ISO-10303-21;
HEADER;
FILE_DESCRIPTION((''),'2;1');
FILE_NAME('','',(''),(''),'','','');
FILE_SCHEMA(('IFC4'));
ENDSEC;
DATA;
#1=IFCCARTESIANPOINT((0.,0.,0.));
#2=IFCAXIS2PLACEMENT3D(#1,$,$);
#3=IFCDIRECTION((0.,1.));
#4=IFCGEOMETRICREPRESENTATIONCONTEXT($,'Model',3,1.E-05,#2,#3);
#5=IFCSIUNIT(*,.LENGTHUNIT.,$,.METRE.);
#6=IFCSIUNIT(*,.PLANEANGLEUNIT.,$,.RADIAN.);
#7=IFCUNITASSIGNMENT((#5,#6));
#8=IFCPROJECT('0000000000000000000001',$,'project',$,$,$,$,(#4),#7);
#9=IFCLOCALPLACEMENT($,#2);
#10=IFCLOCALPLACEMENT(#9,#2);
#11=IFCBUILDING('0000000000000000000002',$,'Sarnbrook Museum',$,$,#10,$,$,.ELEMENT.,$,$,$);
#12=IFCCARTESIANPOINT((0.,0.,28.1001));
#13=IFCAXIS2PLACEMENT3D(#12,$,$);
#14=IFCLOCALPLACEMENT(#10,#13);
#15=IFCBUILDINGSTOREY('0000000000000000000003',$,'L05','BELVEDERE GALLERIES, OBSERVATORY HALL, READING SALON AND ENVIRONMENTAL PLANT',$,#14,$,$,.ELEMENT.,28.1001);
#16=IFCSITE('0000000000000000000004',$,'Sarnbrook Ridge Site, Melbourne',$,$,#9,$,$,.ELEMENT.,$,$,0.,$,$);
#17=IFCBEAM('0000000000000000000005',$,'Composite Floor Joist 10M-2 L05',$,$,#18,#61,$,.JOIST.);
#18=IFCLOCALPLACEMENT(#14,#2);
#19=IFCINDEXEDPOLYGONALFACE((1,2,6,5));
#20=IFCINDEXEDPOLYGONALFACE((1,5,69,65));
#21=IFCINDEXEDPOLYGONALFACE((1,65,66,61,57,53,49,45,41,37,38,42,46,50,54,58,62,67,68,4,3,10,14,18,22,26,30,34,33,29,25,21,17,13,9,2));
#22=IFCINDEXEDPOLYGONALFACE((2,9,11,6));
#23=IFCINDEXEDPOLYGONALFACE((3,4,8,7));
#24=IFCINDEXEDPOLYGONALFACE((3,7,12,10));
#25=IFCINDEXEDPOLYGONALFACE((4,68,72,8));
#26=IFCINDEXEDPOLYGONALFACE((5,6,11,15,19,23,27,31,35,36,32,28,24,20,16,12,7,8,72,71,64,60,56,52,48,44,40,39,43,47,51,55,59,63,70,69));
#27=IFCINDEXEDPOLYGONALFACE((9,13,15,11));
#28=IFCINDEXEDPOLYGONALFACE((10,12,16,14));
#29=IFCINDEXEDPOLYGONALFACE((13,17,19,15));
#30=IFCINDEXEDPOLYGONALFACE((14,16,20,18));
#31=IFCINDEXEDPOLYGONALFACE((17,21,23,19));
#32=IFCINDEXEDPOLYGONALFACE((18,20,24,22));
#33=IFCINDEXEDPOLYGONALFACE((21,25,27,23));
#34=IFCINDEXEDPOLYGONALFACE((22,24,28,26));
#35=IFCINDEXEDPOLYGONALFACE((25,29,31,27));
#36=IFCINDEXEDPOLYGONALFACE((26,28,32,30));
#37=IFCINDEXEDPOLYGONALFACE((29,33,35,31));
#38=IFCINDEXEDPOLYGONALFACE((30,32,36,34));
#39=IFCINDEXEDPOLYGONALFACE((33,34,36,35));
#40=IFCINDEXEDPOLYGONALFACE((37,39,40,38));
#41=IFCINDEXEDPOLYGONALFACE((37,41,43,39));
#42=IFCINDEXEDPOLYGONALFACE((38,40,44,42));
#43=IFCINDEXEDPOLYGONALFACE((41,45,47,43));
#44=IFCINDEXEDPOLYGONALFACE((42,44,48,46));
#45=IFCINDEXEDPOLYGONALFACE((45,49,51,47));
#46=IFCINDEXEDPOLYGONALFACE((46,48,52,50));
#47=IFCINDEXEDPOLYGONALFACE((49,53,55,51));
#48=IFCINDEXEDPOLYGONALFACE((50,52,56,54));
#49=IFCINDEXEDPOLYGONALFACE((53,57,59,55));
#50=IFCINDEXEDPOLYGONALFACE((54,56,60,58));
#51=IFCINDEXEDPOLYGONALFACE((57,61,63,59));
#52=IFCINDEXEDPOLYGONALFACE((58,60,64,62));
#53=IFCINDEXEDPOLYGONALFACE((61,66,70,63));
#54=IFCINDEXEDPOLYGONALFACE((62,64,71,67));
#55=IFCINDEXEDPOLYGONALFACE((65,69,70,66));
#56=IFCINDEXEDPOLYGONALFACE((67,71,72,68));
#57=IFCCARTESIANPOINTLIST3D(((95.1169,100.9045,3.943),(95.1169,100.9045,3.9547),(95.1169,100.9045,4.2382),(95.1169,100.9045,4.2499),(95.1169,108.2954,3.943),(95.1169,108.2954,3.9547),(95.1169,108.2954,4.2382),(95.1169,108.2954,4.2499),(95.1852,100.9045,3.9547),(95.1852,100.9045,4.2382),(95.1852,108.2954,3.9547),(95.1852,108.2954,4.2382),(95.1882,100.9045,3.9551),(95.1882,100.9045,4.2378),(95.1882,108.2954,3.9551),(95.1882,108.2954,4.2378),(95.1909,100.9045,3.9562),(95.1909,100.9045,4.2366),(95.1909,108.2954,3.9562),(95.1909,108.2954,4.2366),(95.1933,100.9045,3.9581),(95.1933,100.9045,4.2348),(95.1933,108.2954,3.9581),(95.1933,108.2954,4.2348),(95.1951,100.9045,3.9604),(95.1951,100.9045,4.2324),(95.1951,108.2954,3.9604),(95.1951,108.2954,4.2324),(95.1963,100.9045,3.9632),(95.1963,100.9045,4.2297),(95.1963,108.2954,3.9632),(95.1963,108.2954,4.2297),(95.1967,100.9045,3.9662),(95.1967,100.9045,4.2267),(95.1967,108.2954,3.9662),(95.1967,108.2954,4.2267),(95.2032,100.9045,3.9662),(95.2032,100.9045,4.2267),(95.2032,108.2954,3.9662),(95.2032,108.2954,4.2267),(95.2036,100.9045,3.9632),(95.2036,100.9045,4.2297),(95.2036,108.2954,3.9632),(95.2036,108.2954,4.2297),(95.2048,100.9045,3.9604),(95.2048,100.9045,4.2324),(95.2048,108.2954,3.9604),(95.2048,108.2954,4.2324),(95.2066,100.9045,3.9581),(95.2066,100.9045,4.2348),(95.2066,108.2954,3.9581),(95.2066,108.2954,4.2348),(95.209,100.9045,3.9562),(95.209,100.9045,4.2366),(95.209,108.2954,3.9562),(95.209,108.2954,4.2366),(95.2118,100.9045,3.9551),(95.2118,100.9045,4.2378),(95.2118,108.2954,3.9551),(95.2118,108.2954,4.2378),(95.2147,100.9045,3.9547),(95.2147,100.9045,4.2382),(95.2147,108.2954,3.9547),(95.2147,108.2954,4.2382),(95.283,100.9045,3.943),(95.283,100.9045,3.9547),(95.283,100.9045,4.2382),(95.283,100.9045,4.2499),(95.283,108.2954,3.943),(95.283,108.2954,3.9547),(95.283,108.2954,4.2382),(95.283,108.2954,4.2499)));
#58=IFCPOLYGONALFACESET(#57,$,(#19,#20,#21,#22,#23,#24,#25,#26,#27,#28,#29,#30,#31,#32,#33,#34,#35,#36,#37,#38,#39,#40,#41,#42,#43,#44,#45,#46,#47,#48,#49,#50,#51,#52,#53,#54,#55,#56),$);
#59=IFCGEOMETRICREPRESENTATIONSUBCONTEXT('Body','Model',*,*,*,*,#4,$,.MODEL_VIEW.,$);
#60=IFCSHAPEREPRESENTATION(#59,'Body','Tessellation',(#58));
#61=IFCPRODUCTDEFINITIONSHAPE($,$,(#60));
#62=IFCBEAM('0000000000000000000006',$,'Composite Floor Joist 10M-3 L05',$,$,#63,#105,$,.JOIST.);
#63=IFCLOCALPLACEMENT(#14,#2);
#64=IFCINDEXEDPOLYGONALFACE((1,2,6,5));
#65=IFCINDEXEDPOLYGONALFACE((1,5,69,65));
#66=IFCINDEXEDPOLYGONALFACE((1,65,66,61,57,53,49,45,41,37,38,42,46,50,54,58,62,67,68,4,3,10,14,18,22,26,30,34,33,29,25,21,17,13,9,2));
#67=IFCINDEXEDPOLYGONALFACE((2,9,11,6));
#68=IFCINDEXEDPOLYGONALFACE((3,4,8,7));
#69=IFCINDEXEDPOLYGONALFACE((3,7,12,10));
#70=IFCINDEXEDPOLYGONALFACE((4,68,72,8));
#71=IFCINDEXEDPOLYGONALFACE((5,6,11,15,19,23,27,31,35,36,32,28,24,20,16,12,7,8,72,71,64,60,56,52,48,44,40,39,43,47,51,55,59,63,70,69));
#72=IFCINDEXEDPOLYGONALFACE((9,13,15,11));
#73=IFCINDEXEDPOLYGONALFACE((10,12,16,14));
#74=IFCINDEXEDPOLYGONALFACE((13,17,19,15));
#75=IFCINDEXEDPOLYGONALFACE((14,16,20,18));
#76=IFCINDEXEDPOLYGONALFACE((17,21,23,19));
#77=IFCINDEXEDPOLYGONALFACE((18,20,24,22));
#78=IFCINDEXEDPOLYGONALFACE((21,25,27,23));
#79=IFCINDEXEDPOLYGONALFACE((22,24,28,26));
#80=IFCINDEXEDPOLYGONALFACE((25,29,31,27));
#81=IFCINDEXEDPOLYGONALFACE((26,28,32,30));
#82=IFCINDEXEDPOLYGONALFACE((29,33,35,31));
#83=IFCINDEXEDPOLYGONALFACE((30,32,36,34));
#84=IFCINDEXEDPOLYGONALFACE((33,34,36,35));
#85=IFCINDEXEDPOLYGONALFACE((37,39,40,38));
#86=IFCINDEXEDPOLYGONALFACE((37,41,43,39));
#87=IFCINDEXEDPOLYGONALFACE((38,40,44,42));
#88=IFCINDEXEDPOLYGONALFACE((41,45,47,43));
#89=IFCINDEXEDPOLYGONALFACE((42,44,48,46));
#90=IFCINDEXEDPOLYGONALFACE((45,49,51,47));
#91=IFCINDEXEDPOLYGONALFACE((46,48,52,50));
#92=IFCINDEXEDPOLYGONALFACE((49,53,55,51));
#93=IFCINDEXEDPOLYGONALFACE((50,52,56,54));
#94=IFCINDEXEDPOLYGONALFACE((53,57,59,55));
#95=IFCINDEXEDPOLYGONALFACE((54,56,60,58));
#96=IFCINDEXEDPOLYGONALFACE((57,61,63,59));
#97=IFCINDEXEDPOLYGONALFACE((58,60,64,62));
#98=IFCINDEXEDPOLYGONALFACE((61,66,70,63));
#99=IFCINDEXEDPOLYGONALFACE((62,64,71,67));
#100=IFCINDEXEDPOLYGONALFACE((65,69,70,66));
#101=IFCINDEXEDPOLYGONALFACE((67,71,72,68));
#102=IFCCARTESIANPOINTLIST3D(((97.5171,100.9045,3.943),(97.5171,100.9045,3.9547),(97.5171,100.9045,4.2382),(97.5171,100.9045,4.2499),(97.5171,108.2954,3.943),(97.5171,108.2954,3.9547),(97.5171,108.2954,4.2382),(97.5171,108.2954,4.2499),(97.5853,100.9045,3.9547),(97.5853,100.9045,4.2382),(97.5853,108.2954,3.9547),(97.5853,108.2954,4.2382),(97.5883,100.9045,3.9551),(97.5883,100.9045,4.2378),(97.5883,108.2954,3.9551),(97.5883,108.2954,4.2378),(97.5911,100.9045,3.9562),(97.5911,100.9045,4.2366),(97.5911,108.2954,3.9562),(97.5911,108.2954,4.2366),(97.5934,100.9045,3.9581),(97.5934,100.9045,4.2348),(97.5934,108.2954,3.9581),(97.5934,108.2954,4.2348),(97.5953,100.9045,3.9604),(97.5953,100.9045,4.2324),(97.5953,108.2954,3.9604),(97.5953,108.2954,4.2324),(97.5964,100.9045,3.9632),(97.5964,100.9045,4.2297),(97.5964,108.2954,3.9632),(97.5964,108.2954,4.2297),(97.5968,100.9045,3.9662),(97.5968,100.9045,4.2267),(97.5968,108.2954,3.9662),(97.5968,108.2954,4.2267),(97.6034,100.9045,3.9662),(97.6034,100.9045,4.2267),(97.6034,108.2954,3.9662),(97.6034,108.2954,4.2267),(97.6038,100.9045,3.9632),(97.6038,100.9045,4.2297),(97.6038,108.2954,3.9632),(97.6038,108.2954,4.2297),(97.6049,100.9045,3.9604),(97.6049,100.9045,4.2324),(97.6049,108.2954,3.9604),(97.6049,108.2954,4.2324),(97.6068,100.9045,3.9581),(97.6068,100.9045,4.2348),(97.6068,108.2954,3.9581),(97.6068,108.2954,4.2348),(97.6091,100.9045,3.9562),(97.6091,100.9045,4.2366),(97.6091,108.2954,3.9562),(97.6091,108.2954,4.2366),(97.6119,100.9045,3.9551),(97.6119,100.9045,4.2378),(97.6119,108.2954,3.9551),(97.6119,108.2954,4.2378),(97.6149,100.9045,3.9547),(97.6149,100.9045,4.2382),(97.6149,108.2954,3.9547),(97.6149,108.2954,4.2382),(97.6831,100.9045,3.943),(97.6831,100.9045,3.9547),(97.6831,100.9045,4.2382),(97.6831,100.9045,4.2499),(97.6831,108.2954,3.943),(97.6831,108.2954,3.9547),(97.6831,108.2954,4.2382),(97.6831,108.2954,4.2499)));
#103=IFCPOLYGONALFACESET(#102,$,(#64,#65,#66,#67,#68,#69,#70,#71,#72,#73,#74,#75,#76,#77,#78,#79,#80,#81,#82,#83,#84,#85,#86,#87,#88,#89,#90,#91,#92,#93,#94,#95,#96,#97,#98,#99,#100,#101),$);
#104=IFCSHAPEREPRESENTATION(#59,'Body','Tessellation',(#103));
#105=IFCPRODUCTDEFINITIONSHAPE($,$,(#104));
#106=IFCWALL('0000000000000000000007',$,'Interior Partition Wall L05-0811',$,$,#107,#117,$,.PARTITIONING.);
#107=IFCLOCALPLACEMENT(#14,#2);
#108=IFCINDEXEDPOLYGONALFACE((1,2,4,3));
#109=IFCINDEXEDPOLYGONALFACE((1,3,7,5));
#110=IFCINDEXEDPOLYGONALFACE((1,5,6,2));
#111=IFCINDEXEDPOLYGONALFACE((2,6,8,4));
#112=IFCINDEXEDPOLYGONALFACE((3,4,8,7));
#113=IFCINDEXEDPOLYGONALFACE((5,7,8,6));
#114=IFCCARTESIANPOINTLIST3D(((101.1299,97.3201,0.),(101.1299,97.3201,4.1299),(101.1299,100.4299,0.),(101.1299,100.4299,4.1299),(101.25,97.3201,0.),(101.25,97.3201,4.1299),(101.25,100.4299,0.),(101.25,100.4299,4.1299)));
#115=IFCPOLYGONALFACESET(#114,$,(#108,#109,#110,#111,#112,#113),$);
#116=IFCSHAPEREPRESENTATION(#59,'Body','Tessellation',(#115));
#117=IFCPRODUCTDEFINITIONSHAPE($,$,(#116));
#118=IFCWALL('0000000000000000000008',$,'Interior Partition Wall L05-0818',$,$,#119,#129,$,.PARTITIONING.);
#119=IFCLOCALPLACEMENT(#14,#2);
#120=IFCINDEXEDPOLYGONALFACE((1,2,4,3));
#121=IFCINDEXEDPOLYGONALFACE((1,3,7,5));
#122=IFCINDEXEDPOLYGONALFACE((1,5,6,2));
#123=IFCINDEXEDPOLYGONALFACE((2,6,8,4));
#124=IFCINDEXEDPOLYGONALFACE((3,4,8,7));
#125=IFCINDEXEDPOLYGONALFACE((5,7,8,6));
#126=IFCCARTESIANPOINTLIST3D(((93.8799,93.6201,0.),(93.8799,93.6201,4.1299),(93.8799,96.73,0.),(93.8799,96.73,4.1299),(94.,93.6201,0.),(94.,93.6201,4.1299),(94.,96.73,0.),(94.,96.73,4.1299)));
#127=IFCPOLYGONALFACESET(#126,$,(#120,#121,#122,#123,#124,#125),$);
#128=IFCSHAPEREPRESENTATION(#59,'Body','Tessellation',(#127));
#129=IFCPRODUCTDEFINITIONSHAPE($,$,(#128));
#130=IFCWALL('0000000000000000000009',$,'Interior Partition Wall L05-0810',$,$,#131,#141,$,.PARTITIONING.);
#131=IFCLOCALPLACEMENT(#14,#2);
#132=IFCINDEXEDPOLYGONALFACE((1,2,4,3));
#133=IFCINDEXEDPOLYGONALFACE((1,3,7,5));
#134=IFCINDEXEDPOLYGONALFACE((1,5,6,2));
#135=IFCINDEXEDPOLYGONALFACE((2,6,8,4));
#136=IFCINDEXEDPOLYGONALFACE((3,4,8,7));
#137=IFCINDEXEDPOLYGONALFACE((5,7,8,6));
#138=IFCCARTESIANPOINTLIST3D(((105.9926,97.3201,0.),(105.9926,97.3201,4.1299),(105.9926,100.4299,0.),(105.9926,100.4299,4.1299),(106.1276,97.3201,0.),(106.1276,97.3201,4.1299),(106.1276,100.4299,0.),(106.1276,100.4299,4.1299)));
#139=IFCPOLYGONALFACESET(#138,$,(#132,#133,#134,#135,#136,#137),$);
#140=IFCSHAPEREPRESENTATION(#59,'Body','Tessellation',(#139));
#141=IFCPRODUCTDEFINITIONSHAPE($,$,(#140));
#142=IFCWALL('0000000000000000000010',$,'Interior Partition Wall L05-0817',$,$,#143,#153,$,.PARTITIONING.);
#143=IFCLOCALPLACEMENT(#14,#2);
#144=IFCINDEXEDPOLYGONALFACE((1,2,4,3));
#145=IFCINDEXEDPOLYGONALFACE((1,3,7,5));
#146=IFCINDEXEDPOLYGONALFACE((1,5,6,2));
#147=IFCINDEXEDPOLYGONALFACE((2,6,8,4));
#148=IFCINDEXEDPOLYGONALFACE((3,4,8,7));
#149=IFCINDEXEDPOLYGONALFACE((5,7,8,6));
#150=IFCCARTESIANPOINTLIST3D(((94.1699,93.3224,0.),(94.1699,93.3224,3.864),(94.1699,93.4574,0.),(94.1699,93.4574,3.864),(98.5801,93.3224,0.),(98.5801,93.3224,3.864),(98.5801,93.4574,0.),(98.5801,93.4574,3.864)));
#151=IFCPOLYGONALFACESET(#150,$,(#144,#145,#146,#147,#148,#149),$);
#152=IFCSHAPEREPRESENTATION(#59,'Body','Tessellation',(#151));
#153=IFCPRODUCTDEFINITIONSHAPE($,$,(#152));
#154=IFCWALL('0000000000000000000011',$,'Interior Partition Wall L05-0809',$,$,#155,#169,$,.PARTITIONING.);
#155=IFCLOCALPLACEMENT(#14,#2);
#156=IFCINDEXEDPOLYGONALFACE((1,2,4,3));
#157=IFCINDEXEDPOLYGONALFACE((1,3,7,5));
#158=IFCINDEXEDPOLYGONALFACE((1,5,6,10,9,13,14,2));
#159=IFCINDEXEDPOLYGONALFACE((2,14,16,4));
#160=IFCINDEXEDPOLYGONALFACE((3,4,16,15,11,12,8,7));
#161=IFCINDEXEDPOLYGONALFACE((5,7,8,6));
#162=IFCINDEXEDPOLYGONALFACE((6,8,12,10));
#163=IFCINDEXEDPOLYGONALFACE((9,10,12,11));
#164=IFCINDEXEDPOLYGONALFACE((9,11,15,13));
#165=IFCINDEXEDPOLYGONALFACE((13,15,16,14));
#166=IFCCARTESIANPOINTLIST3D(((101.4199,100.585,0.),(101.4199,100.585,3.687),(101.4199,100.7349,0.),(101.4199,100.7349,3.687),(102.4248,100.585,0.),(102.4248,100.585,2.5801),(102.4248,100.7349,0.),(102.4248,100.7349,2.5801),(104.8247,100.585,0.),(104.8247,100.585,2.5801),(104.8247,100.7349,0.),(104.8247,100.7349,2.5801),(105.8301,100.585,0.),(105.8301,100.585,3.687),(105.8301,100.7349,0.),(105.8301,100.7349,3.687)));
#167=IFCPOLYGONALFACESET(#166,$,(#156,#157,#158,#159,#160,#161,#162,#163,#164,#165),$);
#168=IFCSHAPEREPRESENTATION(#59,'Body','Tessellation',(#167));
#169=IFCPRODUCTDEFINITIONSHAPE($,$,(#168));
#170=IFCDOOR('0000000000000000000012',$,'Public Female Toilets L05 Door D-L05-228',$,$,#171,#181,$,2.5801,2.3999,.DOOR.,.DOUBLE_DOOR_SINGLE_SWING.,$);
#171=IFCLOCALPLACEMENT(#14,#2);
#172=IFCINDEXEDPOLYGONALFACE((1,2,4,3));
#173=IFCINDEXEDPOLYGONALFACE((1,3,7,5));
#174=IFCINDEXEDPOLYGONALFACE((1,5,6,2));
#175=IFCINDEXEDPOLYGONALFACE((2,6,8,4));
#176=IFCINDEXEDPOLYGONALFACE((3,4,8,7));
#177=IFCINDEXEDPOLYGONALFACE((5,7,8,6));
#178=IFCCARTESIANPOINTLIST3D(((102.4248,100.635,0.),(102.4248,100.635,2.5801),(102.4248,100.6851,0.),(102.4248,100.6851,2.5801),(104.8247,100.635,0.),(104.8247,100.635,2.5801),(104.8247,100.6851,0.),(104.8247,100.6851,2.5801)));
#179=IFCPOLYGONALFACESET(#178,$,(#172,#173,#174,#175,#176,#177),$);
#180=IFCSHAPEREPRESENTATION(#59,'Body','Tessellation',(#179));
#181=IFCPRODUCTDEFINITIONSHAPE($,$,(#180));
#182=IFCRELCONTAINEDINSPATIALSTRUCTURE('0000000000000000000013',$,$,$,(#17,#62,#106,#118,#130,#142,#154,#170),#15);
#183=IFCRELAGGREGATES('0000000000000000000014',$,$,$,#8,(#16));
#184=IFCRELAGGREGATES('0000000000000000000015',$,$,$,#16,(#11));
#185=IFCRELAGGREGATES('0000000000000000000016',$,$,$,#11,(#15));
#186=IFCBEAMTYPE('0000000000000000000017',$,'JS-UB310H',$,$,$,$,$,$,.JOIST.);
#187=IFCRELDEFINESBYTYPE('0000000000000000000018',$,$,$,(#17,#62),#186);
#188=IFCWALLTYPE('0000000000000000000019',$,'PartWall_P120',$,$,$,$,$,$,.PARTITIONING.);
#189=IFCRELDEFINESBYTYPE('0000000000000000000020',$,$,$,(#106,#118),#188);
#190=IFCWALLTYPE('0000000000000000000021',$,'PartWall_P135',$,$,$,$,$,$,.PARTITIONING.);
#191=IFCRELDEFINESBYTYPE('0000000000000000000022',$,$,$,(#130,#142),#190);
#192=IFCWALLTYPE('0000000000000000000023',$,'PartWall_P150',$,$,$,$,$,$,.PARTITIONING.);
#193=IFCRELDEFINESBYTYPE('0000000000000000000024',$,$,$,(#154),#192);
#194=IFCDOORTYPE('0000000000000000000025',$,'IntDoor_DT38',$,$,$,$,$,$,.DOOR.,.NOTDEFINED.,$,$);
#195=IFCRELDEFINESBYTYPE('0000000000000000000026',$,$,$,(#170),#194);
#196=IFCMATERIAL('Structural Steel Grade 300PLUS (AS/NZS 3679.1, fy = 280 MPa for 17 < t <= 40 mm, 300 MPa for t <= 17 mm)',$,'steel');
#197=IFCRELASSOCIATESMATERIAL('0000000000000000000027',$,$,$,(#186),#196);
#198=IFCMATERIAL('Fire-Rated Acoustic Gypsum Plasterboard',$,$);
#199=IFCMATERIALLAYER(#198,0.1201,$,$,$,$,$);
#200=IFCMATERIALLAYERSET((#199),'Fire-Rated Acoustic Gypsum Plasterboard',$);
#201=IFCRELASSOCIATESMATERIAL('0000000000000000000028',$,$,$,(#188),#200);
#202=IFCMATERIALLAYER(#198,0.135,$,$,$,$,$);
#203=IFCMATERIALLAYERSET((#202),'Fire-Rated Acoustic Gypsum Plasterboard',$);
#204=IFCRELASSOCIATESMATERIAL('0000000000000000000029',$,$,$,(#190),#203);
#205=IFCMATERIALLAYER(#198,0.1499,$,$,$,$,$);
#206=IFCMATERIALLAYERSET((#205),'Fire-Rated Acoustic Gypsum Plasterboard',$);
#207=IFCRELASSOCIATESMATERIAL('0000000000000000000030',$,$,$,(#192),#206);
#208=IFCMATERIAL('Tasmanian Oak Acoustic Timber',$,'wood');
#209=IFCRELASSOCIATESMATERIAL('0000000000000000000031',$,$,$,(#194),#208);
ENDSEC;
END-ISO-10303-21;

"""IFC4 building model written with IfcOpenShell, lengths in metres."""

from ifc_helpers import new_model, si_unit, direction, frame, frame_2d, origin, origin_2d, place, context, subcontext, project, spatial, rectangle, i_section, extrude, material, layer, layer_set, material_profile, profile_set, type_object, element, fill, save


model = new_model("IFC4")

# Units and contexts
model_context = context("Model", 3, precision=1e-05, world=origin(), true_north=direction((0.0, 1.0)))
body_context = subcontext(model_context, "Body", "Model", "MODEL_VIEW")
ifc_project = project(units=[si_unit("LENGTHUNIT", "METRE"), si_unit("PLANEANGLEUNIT", "RADIAN")], contexts=[model_context])

# Site, building, storey
site_placement = place(None, origin())
site = spatial("IfcSite", under=ifc_project, at=site_placement, Name="Sarnbrook Ridge Site, Melbourne", CompositionType="ELEMENT", RefElevation=0.0)
building_placement = place(site_placement, origin())
building = spatial("IfcBuilding", under=site, at=building_placement, Name="Sarnbrook Museum", CompositionType="ELEMENT")
storey_placement = place(building_placement, frame((0.0, 0.0, 28.1001)))
storey = spatial("IfcBuildingStorey", under=building, at=storey_placement, Name="L05", Description="BELVEDERE GALLERIES, OBSERVATORY HALL, READING SALON AND ENVIRONMENTAL PLANT", CompositionType="ELEMENT", Elevation=28.1001)

# Shared definitions
ifc_material_1 = material(Name="Structural Steel Grade 300PLUS (AS/NZS 3679.1, fy = 280 MPa for 17 < t <= 40 mm, 300 MPa for t <= 17 mm)", Category="steel")

# Beams
ifc_material_profile_1 = material_profile(ifc_material_1, i_section(OverallWidth=0.166, OverallDepth=0.3069, WebThickness=0.0066, FlangeThickness=0.0117, FilletRadius=0.0115, at=origin_2d()), Name="310UB46.2")
ifc_profile_set_1 = profile_set([ifc_material_profile_1], Name="Structural Steel Grade 300PLUS (AS/NZS 3679.1, fy = 280 MPa for 17 < t <= 40 mm, 300 MPa for t <= 17 mm)")
beam_type_1 = type_object("IfcBeamType", Name="JS-UB310H", PredefinedType="JOIST", material=ifc_profile_set_1)
for number, where, z_axis, x_axis, name in (
    (1, (95.2, 100.9045, 4.0964), (0.0, 1.0, 0.0), (-1.0, 0.0, 0.0), "Composite Floor Joist 10M-2 L05"),
    (2, (97.6001, 100.9045, 4.0964), (0.0, 1.0, 0.0), (-1.0, 0.0, 0.0), "Composite Floor Joist 10M-3 L05"),
):
    element("IfcBeam", number, at=place(storey_placement, frame(where, z_axis=z_axis, x_axis=x_axis)), inside=storey, type_object=beam_type_1, Name=name, PredefinedType="JOIST", context=body_context, shape_type="SweptSolid", body=[
        extrude(i_section(OverallWidth=0.166, OverallDepth=0.3069, WebThickness=0.0066, FlangeThickness=0.0117, FilletRadius=0.0115, at=origin_2d()), origin(), (0.0, 0.0, 1.0), 7.3909),
    ])

# Walls
ifc_material_2 = material(Name="Fire-Rated Acoustic Gypsum Plasterboard")
ifc_layer_1 = layer(ifc_material_2, 0.1201)
ifc_layer_set_1 = layer_set([ifc_layer_1], Name="Fire-Rated Acoustic Gypsum Plasterboard")
wall_type_1 = type_object("IfcWallType", Name="PartWall_P120", PredefinedType="PARTITIONING", material=ifc_layer_set_1)
for number, where, z_axis, x_axis, name in (
    (3, (101.1899, 97.3201, 0.0), (0.0, 0.0, 1.0), (0.0, 1.0, 0.0), "Interior Partition Wall L05-0811"),
    (4, (93.9399, 93.6201, 0.0), (0.0, 0.0, 1.0), (0.0, 1.0, 0.0), "Interior Partition Wall L05-0818"),
):
    element("IfcWall", number, at=place(storey_placement, frame(where, z_axis=z_axis, x_axis=x_axis)), inside=storey, type_object=wall_type_1, Name=name, PredefinedType="PARTITIONING", context=body_context, shape_type="SweptSolid", body=[
        extrude(rectangle(XDim=3.1099, YDim=0.1201, at=frame_2d((1.5549, 0.0))), origin(), (0.0, 0.0, 1.0), 4.1299),
    ])
ifc_layer_2 = layer(ifc_material_2, 0.135)
ifc_layer_set_2 = layer_set([ifc_layer_2], Name="Fire-Rated Acoustic Gypsum Plasterboard")
wall_type_2 = type_object("IfcWallType", Name="PartWall_P135", PredefinedType="PARTITIONING", material=ifc_layer_set_2)
wall_1_placement = place(storey_placement, frame((106.0601, 100.4299, 0.0), z_axis=(0.0, 0.0, 1.0), x_axis=(0.0, -1.0, 0.0)))
element("IfcWall", 5, at=wall_1_placement, inside=storey, type_object=wall_type_2, Name="Interior Partition Wall L05-0810", PredefinedType="PARTITIONING", context=body_context, shape_type="SweptSolid", body=[
    extrude(rectangle(XDim=3.1099, YDim=0.135, at=frame_2d((1.5549, 0.0))), origin(), (0.0, 0.0, 1.0), 4.1299),
])
wall_2_placement = place(storey_placement, frame((98.5801, 93.3899, 0.0), z_axis=(0.0, 0.0, 1.0), x_axis=(-1.0, 0.0, 0.0)))
element("IfcWall", 6, at=wall_2_placement, inside=storey, type_object=wall_type_2, Name="Interior Partition Wall L05-0817", PredefinedType="PARTITIONING", context=body_context, shape_type="SweptSolid", body=[
    extrude(rectangle(XDim=4.4102, YDim=0.135, at=frame_2d((2.2051, 0.0))), origin(), (0.0, 0.0, 1.0), 3.864),
])

# Wall, opening, door
ifc_layer_3 = layer(ifc_material_2, 0.1499)
ifc_layer_set_3 = layer_set([ifc_layer_3], Name="Fire-Rated Acoustic Gypsum Plasterboard")
wall_type_3 = type_object("IfcWallType", Name="PartWall_P150", PredefinedType="PARTITIONING", material=ifc_layer_set_3)
wall_3_placement = place(storey_placement, frame((101.4199, 100.6599, 0.0), z_axis=(0.0, 0.0, 1.0), x_axis=(1.0, 0.0, 0.0)))
wall_3 = element("IfcWall", 7, at=wall_3_placement, inside=storey, type_object=wall_type_3, Name="Interior Partition Wall L05-0809", PredefinedType="PARTITIONING", context=body_context, shape_type="SweptSolid", body=[
    extrude(rectangle(XDim=4.4102, YDim=0.1499, at=frame_2d((2.2051, 0.0))), origin(), (0.0, 0.0, 1.0), 3.687),
])
opening_1_placement = place(wall_3_placement, frame((1.0049, 0.0, 0.0)))
opening_1 = element("IfcOpeningElement", 8, at=opening_1_placement, cuts=wall_3, PredefinedType="OPENING", context=body_context, shape_type="SweptSolid", body=[
    extrude(rectangle(XDim=2.3999, YDim=2.5801, at=frame_2d((1.2, 1.29))), frame((0.0, 0.085, 0.0), z_axis=(0.0, -1.0, 0.0), x_axis=(1.0, 0.0, 0.0)), (0.0, 0.0, 1.0), 0.1699),
])
ifc_material_3 = material(Name="Tasmanian Oak Acoustic Timber", Category="wood")
door_type_1 = type_object("IfcDoorType", Name="IntDoor_DT38", OperationType="NOTDEFINED", PredefinedType="DOOR", material=ifc_material_3)
door_1_placement = place(opening_1_placement, frame((2.3999, 0.0, 0.0), z_axis=(0.0, 0.0, 1.0), x_axis=(-1.0, 0.0, 0.0)))
door_1 = element("IfcDoor", 9, at=door_1_placement, inside=storey, type_object=door_type_1, Name="Public Female Toilets L05 Door D-L05-228", OperationType="DOUBLE_DOOR_SINGLE_SWING", OverallHeight=2.5801, OverallWidth=2.3999, PredefinedType="DOOR", context=body_context, shape_type="SweptSolid", body=[
    extrude(rectangle(XDim=2.3999, YDim=2.5801, at=frame_2d((1.2, 1.29))), frame((0.0, 0.0249, 0.0), z_axis=(0.0, -1.0, 0.0), x_axis=(1.0, 0.0, 0.0)), (0.0, 0.0, 1.0), 0.05),
])
fill(opening_1, door_1)

save(model, "model.ifc")
